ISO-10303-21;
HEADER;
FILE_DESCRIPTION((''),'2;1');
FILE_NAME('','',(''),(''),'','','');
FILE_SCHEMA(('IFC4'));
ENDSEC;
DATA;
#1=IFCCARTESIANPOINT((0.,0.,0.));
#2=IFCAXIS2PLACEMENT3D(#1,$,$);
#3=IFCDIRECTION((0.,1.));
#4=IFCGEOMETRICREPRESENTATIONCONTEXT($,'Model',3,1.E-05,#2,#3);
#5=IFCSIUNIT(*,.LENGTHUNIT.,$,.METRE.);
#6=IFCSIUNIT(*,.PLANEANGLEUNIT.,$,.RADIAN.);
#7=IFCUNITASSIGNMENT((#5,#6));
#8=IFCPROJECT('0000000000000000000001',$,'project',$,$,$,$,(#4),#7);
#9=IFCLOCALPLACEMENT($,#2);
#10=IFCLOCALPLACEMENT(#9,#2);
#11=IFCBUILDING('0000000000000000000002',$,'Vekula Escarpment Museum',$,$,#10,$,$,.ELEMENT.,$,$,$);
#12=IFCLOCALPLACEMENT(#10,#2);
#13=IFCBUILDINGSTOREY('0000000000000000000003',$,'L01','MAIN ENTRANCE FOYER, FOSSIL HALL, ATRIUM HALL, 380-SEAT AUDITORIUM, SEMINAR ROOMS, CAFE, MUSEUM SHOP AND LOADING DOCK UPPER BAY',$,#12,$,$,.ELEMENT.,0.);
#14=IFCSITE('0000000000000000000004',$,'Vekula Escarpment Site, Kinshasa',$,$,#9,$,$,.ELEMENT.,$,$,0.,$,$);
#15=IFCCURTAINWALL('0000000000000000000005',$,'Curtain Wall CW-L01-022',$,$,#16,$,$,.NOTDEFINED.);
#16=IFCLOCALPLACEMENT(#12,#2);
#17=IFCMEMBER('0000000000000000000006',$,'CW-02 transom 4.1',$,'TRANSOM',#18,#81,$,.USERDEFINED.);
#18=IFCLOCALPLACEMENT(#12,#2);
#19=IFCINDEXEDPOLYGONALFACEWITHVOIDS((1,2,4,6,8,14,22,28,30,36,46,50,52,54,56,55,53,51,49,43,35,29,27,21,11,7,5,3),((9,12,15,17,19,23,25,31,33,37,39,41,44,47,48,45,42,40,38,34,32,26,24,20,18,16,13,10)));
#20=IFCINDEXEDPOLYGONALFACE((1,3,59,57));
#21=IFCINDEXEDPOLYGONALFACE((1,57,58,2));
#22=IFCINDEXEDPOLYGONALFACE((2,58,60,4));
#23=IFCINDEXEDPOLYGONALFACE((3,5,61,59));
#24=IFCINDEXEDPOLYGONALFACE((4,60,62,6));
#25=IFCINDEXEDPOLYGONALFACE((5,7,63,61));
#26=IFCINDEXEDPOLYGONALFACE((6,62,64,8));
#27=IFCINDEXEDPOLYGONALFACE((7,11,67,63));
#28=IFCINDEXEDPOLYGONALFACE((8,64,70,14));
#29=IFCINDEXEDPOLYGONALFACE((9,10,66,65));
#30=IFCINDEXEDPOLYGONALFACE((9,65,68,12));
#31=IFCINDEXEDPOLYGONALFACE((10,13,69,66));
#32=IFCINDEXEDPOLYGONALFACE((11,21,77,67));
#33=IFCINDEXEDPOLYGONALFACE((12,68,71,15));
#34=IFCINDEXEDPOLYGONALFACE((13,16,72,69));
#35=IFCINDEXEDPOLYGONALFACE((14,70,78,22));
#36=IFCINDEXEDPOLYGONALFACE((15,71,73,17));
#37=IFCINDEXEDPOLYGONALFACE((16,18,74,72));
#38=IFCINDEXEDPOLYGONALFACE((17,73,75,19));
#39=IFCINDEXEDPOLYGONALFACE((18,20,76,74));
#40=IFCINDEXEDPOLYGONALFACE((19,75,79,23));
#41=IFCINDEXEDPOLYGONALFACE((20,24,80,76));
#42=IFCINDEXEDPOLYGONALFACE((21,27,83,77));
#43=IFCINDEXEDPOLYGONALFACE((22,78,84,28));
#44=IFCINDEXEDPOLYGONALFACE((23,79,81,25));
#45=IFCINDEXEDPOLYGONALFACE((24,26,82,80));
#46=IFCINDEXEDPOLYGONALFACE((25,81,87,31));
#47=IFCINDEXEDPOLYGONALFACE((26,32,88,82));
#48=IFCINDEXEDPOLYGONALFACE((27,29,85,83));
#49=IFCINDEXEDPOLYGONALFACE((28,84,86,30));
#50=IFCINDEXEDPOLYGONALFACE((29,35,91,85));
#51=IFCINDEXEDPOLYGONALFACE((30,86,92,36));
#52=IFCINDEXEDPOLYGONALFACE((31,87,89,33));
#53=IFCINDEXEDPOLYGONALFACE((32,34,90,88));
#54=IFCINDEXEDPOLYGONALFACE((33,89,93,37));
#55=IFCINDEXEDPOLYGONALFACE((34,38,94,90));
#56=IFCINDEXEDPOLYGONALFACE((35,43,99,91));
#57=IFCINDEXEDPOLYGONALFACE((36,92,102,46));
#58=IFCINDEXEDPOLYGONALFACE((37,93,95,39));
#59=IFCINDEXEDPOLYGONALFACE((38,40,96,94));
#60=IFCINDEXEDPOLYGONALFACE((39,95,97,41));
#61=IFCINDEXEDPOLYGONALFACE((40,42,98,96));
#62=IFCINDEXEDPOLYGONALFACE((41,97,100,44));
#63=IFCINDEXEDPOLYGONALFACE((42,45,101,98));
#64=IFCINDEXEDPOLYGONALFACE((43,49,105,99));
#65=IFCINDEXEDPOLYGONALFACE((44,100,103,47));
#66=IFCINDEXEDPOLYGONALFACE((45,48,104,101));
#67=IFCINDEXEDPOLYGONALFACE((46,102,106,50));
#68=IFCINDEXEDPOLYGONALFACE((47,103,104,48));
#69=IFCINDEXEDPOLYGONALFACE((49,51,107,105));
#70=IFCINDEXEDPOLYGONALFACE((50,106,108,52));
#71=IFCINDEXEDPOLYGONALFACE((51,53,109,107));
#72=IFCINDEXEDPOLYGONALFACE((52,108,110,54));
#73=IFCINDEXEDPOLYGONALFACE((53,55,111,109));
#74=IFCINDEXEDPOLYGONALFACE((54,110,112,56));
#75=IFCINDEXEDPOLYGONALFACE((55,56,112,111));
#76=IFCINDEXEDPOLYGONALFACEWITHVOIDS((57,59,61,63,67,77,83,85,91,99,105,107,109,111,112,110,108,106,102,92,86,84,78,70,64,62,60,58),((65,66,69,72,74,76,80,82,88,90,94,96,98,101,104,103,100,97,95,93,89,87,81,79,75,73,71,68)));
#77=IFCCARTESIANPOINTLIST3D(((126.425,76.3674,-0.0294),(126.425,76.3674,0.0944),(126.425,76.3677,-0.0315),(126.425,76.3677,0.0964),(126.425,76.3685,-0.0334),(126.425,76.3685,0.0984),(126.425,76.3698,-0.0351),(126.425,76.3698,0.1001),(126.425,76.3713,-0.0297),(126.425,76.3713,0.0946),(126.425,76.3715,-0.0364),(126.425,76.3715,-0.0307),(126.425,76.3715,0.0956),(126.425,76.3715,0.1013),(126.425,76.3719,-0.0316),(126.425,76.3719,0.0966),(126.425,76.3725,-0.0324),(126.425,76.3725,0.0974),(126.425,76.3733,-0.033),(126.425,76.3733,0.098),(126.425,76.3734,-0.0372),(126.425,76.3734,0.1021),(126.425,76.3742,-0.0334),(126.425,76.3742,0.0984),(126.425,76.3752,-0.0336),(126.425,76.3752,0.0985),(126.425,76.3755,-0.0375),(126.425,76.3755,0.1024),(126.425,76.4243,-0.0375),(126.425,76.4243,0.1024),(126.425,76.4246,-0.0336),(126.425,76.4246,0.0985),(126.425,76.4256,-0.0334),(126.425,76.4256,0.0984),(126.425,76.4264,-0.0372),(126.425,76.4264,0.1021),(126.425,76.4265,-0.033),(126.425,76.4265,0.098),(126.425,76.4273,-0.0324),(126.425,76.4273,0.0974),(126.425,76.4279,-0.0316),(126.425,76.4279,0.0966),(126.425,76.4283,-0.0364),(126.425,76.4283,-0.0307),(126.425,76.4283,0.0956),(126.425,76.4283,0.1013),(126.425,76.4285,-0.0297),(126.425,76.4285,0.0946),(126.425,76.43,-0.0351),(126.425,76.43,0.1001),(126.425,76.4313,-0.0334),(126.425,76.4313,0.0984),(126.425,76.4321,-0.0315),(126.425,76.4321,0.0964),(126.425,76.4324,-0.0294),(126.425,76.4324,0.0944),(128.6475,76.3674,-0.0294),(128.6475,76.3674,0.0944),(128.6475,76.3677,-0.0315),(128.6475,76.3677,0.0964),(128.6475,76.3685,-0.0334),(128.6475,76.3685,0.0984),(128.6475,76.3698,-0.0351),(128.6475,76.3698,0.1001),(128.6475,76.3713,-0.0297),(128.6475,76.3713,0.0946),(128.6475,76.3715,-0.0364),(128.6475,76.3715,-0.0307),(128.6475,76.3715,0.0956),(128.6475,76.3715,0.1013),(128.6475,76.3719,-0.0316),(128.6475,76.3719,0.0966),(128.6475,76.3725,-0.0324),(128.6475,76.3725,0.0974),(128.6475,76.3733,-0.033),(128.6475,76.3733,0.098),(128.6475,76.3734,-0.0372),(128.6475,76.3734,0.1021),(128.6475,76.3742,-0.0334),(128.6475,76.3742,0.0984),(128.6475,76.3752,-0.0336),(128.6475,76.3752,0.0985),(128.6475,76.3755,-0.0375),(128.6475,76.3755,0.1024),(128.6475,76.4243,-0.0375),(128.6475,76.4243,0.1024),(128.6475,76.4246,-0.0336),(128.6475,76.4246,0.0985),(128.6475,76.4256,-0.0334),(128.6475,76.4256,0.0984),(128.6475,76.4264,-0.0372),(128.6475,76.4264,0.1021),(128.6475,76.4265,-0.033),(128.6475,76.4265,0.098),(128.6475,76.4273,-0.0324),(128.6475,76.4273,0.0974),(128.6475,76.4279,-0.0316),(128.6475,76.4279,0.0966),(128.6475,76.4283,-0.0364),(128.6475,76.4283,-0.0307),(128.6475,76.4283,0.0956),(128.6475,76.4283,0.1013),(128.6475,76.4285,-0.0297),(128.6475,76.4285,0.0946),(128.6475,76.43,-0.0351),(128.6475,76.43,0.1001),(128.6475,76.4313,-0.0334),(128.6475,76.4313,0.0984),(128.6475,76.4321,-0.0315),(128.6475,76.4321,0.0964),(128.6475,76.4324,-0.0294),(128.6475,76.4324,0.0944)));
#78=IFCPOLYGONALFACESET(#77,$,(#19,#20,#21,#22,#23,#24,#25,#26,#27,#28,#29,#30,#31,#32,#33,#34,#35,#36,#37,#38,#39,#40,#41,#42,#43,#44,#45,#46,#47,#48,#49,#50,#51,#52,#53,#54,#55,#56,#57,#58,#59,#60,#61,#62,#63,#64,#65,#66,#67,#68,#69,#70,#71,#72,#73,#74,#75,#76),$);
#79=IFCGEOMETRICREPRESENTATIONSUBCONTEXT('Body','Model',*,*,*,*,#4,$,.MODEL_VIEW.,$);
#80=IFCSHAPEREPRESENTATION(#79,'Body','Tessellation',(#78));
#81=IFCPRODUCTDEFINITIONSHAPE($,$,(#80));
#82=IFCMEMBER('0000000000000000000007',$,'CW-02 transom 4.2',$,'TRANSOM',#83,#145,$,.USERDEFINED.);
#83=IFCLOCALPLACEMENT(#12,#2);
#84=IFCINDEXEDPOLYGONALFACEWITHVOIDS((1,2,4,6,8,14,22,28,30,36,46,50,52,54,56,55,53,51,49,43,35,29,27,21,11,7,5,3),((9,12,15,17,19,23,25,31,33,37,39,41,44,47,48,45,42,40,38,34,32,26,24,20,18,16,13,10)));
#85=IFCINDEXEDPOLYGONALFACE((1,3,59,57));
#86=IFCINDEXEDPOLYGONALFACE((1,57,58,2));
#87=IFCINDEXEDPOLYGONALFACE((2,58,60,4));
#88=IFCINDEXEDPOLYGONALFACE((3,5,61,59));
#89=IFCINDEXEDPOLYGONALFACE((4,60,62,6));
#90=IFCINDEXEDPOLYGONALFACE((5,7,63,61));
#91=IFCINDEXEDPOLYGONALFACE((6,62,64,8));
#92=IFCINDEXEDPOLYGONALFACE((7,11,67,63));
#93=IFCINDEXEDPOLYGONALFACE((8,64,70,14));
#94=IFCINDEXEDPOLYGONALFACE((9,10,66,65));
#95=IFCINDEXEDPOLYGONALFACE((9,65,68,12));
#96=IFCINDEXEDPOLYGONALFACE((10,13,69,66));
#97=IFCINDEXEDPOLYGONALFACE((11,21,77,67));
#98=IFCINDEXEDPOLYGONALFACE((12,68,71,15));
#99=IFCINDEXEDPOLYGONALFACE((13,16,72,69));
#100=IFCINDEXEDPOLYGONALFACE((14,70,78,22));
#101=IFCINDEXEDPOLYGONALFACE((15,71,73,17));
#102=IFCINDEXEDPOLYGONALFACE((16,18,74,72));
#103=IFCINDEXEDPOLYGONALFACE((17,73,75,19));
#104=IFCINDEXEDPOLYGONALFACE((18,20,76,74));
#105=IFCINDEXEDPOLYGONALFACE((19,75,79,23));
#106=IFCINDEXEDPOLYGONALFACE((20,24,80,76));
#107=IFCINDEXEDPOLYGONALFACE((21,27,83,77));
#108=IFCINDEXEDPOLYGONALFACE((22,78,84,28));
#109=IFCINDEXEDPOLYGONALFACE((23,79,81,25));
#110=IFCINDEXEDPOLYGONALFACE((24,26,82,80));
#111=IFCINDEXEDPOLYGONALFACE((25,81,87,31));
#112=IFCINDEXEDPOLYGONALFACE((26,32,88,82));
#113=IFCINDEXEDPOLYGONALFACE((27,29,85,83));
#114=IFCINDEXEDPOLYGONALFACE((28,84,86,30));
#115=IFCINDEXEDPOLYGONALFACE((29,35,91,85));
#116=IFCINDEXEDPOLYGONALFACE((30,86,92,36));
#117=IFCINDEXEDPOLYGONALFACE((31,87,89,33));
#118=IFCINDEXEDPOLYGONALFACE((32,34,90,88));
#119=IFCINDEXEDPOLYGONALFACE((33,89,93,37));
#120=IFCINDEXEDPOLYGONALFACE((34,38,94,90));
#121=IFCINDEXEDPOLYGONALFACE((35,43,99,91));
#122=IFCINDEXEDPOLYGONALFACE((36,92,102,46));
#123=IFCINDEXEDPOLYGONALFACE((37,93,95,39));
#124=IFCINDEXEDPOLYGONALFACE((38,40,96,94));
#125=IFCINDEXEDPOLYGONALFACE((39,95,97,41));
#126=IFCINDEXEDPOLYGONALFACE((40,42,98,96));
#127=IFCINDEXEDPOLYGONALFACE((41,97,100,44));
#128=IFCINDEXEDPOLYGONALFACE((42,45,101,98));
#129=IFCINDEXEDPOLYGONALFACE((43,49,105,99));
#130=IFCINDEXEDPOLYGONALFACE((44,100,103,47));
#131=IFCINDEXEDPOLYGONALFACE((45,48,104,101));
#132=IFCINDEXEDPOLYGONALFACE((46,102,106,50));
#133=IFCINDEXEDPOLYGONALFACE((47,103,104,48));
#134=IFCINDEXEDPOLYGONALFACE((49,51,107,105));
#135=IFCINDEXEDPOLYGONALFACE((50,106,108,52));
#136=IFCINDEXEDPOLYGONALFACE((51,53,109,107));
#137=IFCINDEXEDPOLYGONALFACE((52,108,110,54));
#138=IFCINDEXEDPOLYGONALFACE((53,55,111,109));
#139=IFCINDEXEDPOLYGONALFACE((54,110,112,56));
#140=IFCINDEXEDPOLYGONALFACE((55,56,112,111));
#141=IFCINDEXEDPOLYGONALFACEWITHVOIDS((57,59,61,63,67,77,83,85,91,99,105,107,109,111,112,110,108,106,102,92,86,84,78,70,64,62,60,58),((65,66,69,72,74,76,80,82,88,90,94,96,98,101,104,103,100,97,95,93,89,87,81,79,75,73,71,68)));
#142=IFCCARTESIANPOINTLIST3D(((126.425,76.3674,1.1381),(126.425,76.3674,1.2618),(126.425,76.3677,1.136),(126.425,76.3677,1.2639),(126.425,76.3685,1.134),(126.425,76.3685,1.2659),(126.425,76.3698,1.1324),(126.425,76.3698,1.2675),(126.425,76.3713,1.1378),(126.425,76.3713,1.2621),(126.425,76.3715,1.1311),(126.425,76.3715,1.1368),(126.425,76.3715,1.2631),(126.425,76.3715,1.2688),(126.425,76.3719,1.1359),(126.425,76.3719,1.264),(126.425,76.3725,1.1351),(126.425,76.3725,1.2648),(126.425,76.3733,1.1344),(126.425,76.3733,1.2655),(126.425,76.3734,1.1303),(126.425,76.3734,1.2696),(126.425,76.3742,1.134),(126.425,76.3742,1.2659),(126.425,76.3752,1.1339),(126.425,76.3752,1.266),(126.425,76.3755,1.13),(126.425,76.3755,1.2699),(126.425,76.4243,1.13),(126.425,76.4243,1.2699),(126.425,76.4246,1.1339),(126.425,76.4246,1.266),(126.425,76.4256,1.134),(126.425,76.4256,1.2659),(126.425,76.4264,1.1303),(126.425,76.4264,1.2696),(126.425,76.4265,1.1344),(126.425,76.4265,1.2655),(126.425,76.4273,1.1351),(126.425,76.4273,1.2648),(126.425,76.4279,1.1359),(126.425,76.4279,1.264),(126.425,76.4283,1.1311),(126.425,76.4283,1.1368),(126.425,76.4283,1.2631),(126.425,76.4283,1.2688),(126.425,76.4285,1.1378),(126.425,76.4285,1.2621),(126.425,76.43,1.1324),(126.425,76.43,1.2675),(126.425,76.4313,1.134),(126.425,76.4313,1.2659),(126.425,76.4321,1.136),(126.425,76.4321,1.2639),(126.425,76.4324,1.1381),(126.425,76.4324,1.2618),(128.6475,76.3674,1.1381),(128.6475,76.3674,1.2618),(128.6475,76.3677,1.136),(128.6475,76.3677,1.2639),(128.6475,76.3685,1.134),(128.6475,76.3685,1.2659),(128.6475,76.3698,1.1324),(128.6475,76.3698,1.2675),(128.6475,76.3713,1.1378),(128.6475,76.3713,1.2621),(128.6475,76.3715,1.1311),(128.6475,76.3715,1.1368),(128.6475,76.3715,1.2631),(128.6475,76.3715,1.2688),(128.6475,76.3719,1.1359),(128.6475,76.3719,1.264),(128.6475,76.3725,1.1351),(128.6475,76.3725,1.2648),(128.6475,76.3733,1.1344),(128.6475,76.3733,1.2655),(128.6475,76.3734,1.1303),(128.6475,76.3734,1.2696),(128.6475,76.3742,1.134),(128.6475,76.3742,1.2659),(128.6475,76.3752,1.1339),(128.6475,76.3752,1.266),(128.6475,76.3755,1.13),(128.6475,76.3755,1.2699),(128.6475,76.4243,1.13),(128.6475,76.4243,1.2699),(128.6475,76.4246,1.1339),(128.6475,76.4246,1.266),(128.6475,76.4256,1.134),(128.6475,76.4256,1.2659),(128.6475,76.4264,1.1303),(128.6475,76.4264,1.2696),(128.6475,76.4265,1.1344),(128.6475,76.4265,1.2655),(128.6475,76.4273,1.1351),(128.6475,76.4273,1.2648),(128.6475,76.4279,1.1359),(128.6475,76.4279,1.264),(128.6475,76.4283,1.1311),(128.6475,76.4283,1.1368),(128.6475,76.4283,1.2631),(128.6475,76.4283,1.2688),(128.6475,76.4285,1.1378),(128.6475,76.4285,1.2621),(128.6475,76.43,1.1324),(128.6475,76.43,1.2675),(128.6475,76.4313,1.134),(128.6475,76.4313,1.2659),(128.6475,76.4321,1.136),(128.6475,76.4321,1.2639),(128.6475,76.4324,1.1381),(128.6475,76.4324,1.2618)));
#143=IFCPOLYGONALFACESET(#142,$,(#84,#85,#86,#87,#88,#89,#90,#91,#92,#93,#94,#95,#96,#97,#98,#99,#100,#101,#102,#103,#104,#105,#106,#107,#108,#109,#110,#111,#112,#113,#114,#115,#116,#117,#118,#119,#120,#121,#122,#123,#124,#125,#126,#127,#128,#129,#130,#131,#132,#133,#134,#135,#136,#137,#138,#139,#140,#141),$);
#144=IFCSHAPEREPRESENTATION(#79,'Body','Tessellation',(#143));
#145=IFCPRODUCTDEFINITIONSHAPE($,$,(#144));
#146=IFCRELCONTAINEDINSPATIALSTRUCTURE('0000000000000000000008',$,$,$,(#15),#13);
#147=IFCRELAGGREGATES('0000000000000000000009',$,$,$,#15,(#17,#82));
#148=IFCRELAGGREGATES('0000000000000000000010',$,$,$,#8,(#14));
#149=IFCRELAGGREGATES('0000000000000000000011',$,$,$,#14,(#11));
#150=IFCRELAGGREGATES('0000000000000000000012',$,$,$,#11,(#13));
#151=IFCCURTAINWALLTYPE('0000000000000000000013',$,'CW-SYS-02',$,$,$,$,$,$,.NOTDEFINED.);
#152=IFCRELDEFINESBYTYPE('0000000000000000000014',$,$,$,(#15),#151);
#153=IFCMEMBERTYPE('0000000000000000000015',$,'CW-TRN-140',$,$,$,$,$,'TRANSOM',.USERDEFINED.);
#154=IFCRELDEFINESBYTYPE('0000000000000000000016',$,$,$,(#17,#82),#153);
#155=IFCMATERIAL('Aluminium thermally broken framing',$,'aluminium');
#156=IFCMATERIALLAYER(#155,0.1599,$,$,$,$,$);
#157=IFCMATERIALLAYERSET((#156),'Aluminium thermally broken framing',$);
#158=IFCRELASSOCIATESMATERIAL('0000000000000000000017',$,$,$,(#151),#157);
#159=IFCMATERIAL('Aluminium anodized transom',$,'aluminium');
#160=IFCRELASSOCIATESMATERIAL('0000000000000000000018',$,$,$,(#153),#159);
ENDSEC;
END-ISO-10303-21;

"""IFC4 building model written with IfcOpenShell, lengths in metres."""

from ifc_helpers import new_model, si_unit, direction, frame, origin, origin_2d, place, context, subcontext, project, spatial, hollow_rectangle, extrude, material, layer, layer_set, material_profile, profile_set, type_object, element, aggregate, save


model = new_model("IFC4")

# Units and contexts
model_context = context("Model", 3, precision=1e-05, world=origin(), true_north=direction((0.0, 1.0)))
body_context = subcontext(model_context, "Body", "Model", "MODEL_VIEW")
ifc_project = project(units=[si_unit("LENGTHUNIT", "METRE"), si_unit("PLANEANGLEUNIT", "RADIAN")], contexts=[model_context])

# Site, building, storey
site_placement = place(None, origin())
site = spatial("IfcSite", under=ifc_project, at=site_placement, Name="Vekula Escarpment Site, Kinshasa", CompositionType="ELEMENT", RefElevation=0.0)
building_placement = place(site_placement, origin())
building = spatial("IfcBuilding", under=site, at=building_placement, Name="Vekula Escarpment Museum", CompositionType="ELEMENT")
storey_placement = place(building_placement, origin())
storey = spatial("IfcBuildingStorey", under=building, at=storey_placement, Name="L01", Description="MAIN ENTRANCE FOYER, FOSSIL HALL, ATRIUM HALL, 380-SEAT AUDITORIUM, SEMINAR ROOMS, CAFE, MUSEUM SHOP AND LOADING DOCK UPPER BAY", CompositionType="ELEMENT", Elevation=0.0)

# Shared definitions
ifc_material_1 = material(Name="Aluminium thermally broken framing", Category="aluminium")
ifc_layer_1 = layer(ifc_material_1, 0.1599)
ifc_layer_set_1 = layer_set([ifc_layer_1], Name="Aluminium thermally broken framing")
curtain_wall_type = type_object("IfcCurtainWallType", Name="CW-SYS-02", PredefinedType="NOTDEFINED", material=ifc_layer_set_1)

# Curtain wall, members
curtain_wall_1_placement = place(storey_placement, origin())
curtain_wall_1 = element("IfcCurtainWall", 1, at=curtain_wall_1_placement, inside=storey, type_object=curtain_wall_type, Name="Curtain Wall CW-L01-022", PredefinedType="NOTDEFINED")
ifc_material_2 = material(Name="Aluminium anodized transom", Category="aluminium")
ifc_material_profile_1 = material_profile(ifc_material_2, hollow_rectangle(XDim=0.0649, YDim=0.1399, WallThickness=0.0039, InnerFilletRadius=0.0039, OuterFilletRadius=0.0081, at=origin_2d()), Name="ALU 140x65x4")
ifc_profile_set_1 = profile_set([ifc_material_profile_1], Name="Aluminium anodized transom")
member_type_1 = type_object("IfcMemberType", Name="CW-TRN-140", ElementType="TRANSOM", PredefinedType="USERDEFINED", material=ifc_profile_set_1)
member_1_placement = place(storey_placement, frame((128.6475, 76.3999, 0.0325), z_axis=(-1.0, 0.0, 0.0), x_axis=(0.0, -1.0, 0.0)))
member_1 = element("IfcMember", 2, at=member_1_placement, type_object=member_type_1, Name="CW-02 transom 4.1", ObjectType="TRANSOM", PredefinedType="USERDEFINED", context=body_context, shape_type="SweptSolid", body=[
    extrude(hollow_rectangle(XDim=0.0649, YDim=0.1399, WallThickness=0.0039, InnerFilletRadius=0.0039, OuterFilletRadius=0.0081, at=origin_2d()), origin(), (0.0, 0.0, 1.0), 2.2224),
])
member_2_placement = place(storey_placement, frame((128.6475, 76.3999, 1.2), z_axis=(-1.0, 0.0, 0.0), x_axis=(0.0, -1.0, 0.0)))
member_2 = element("IfcMember", 3, at=member_2_placement, type_object=member_type_1, Name="CW-02 transom 4.2", ObjectType="TRANSOM", PredefinedType="USERDEFINED", context=body_context, shape_type="SweptSolid", body=[
    extrude(hollow_rectangle(XDim=0.0649, YDim=0.1399, WallThickness=0.0039, InnerFilletRadius=0.0039, OuterFilletRadius=0.0081, at=origin_2d()), origin(), (0.0, 0.0, 1.0), 2.2224),
])

aggregate(curtain_wall_1, [member_1, member_2])

save(model, "model.ifc")
